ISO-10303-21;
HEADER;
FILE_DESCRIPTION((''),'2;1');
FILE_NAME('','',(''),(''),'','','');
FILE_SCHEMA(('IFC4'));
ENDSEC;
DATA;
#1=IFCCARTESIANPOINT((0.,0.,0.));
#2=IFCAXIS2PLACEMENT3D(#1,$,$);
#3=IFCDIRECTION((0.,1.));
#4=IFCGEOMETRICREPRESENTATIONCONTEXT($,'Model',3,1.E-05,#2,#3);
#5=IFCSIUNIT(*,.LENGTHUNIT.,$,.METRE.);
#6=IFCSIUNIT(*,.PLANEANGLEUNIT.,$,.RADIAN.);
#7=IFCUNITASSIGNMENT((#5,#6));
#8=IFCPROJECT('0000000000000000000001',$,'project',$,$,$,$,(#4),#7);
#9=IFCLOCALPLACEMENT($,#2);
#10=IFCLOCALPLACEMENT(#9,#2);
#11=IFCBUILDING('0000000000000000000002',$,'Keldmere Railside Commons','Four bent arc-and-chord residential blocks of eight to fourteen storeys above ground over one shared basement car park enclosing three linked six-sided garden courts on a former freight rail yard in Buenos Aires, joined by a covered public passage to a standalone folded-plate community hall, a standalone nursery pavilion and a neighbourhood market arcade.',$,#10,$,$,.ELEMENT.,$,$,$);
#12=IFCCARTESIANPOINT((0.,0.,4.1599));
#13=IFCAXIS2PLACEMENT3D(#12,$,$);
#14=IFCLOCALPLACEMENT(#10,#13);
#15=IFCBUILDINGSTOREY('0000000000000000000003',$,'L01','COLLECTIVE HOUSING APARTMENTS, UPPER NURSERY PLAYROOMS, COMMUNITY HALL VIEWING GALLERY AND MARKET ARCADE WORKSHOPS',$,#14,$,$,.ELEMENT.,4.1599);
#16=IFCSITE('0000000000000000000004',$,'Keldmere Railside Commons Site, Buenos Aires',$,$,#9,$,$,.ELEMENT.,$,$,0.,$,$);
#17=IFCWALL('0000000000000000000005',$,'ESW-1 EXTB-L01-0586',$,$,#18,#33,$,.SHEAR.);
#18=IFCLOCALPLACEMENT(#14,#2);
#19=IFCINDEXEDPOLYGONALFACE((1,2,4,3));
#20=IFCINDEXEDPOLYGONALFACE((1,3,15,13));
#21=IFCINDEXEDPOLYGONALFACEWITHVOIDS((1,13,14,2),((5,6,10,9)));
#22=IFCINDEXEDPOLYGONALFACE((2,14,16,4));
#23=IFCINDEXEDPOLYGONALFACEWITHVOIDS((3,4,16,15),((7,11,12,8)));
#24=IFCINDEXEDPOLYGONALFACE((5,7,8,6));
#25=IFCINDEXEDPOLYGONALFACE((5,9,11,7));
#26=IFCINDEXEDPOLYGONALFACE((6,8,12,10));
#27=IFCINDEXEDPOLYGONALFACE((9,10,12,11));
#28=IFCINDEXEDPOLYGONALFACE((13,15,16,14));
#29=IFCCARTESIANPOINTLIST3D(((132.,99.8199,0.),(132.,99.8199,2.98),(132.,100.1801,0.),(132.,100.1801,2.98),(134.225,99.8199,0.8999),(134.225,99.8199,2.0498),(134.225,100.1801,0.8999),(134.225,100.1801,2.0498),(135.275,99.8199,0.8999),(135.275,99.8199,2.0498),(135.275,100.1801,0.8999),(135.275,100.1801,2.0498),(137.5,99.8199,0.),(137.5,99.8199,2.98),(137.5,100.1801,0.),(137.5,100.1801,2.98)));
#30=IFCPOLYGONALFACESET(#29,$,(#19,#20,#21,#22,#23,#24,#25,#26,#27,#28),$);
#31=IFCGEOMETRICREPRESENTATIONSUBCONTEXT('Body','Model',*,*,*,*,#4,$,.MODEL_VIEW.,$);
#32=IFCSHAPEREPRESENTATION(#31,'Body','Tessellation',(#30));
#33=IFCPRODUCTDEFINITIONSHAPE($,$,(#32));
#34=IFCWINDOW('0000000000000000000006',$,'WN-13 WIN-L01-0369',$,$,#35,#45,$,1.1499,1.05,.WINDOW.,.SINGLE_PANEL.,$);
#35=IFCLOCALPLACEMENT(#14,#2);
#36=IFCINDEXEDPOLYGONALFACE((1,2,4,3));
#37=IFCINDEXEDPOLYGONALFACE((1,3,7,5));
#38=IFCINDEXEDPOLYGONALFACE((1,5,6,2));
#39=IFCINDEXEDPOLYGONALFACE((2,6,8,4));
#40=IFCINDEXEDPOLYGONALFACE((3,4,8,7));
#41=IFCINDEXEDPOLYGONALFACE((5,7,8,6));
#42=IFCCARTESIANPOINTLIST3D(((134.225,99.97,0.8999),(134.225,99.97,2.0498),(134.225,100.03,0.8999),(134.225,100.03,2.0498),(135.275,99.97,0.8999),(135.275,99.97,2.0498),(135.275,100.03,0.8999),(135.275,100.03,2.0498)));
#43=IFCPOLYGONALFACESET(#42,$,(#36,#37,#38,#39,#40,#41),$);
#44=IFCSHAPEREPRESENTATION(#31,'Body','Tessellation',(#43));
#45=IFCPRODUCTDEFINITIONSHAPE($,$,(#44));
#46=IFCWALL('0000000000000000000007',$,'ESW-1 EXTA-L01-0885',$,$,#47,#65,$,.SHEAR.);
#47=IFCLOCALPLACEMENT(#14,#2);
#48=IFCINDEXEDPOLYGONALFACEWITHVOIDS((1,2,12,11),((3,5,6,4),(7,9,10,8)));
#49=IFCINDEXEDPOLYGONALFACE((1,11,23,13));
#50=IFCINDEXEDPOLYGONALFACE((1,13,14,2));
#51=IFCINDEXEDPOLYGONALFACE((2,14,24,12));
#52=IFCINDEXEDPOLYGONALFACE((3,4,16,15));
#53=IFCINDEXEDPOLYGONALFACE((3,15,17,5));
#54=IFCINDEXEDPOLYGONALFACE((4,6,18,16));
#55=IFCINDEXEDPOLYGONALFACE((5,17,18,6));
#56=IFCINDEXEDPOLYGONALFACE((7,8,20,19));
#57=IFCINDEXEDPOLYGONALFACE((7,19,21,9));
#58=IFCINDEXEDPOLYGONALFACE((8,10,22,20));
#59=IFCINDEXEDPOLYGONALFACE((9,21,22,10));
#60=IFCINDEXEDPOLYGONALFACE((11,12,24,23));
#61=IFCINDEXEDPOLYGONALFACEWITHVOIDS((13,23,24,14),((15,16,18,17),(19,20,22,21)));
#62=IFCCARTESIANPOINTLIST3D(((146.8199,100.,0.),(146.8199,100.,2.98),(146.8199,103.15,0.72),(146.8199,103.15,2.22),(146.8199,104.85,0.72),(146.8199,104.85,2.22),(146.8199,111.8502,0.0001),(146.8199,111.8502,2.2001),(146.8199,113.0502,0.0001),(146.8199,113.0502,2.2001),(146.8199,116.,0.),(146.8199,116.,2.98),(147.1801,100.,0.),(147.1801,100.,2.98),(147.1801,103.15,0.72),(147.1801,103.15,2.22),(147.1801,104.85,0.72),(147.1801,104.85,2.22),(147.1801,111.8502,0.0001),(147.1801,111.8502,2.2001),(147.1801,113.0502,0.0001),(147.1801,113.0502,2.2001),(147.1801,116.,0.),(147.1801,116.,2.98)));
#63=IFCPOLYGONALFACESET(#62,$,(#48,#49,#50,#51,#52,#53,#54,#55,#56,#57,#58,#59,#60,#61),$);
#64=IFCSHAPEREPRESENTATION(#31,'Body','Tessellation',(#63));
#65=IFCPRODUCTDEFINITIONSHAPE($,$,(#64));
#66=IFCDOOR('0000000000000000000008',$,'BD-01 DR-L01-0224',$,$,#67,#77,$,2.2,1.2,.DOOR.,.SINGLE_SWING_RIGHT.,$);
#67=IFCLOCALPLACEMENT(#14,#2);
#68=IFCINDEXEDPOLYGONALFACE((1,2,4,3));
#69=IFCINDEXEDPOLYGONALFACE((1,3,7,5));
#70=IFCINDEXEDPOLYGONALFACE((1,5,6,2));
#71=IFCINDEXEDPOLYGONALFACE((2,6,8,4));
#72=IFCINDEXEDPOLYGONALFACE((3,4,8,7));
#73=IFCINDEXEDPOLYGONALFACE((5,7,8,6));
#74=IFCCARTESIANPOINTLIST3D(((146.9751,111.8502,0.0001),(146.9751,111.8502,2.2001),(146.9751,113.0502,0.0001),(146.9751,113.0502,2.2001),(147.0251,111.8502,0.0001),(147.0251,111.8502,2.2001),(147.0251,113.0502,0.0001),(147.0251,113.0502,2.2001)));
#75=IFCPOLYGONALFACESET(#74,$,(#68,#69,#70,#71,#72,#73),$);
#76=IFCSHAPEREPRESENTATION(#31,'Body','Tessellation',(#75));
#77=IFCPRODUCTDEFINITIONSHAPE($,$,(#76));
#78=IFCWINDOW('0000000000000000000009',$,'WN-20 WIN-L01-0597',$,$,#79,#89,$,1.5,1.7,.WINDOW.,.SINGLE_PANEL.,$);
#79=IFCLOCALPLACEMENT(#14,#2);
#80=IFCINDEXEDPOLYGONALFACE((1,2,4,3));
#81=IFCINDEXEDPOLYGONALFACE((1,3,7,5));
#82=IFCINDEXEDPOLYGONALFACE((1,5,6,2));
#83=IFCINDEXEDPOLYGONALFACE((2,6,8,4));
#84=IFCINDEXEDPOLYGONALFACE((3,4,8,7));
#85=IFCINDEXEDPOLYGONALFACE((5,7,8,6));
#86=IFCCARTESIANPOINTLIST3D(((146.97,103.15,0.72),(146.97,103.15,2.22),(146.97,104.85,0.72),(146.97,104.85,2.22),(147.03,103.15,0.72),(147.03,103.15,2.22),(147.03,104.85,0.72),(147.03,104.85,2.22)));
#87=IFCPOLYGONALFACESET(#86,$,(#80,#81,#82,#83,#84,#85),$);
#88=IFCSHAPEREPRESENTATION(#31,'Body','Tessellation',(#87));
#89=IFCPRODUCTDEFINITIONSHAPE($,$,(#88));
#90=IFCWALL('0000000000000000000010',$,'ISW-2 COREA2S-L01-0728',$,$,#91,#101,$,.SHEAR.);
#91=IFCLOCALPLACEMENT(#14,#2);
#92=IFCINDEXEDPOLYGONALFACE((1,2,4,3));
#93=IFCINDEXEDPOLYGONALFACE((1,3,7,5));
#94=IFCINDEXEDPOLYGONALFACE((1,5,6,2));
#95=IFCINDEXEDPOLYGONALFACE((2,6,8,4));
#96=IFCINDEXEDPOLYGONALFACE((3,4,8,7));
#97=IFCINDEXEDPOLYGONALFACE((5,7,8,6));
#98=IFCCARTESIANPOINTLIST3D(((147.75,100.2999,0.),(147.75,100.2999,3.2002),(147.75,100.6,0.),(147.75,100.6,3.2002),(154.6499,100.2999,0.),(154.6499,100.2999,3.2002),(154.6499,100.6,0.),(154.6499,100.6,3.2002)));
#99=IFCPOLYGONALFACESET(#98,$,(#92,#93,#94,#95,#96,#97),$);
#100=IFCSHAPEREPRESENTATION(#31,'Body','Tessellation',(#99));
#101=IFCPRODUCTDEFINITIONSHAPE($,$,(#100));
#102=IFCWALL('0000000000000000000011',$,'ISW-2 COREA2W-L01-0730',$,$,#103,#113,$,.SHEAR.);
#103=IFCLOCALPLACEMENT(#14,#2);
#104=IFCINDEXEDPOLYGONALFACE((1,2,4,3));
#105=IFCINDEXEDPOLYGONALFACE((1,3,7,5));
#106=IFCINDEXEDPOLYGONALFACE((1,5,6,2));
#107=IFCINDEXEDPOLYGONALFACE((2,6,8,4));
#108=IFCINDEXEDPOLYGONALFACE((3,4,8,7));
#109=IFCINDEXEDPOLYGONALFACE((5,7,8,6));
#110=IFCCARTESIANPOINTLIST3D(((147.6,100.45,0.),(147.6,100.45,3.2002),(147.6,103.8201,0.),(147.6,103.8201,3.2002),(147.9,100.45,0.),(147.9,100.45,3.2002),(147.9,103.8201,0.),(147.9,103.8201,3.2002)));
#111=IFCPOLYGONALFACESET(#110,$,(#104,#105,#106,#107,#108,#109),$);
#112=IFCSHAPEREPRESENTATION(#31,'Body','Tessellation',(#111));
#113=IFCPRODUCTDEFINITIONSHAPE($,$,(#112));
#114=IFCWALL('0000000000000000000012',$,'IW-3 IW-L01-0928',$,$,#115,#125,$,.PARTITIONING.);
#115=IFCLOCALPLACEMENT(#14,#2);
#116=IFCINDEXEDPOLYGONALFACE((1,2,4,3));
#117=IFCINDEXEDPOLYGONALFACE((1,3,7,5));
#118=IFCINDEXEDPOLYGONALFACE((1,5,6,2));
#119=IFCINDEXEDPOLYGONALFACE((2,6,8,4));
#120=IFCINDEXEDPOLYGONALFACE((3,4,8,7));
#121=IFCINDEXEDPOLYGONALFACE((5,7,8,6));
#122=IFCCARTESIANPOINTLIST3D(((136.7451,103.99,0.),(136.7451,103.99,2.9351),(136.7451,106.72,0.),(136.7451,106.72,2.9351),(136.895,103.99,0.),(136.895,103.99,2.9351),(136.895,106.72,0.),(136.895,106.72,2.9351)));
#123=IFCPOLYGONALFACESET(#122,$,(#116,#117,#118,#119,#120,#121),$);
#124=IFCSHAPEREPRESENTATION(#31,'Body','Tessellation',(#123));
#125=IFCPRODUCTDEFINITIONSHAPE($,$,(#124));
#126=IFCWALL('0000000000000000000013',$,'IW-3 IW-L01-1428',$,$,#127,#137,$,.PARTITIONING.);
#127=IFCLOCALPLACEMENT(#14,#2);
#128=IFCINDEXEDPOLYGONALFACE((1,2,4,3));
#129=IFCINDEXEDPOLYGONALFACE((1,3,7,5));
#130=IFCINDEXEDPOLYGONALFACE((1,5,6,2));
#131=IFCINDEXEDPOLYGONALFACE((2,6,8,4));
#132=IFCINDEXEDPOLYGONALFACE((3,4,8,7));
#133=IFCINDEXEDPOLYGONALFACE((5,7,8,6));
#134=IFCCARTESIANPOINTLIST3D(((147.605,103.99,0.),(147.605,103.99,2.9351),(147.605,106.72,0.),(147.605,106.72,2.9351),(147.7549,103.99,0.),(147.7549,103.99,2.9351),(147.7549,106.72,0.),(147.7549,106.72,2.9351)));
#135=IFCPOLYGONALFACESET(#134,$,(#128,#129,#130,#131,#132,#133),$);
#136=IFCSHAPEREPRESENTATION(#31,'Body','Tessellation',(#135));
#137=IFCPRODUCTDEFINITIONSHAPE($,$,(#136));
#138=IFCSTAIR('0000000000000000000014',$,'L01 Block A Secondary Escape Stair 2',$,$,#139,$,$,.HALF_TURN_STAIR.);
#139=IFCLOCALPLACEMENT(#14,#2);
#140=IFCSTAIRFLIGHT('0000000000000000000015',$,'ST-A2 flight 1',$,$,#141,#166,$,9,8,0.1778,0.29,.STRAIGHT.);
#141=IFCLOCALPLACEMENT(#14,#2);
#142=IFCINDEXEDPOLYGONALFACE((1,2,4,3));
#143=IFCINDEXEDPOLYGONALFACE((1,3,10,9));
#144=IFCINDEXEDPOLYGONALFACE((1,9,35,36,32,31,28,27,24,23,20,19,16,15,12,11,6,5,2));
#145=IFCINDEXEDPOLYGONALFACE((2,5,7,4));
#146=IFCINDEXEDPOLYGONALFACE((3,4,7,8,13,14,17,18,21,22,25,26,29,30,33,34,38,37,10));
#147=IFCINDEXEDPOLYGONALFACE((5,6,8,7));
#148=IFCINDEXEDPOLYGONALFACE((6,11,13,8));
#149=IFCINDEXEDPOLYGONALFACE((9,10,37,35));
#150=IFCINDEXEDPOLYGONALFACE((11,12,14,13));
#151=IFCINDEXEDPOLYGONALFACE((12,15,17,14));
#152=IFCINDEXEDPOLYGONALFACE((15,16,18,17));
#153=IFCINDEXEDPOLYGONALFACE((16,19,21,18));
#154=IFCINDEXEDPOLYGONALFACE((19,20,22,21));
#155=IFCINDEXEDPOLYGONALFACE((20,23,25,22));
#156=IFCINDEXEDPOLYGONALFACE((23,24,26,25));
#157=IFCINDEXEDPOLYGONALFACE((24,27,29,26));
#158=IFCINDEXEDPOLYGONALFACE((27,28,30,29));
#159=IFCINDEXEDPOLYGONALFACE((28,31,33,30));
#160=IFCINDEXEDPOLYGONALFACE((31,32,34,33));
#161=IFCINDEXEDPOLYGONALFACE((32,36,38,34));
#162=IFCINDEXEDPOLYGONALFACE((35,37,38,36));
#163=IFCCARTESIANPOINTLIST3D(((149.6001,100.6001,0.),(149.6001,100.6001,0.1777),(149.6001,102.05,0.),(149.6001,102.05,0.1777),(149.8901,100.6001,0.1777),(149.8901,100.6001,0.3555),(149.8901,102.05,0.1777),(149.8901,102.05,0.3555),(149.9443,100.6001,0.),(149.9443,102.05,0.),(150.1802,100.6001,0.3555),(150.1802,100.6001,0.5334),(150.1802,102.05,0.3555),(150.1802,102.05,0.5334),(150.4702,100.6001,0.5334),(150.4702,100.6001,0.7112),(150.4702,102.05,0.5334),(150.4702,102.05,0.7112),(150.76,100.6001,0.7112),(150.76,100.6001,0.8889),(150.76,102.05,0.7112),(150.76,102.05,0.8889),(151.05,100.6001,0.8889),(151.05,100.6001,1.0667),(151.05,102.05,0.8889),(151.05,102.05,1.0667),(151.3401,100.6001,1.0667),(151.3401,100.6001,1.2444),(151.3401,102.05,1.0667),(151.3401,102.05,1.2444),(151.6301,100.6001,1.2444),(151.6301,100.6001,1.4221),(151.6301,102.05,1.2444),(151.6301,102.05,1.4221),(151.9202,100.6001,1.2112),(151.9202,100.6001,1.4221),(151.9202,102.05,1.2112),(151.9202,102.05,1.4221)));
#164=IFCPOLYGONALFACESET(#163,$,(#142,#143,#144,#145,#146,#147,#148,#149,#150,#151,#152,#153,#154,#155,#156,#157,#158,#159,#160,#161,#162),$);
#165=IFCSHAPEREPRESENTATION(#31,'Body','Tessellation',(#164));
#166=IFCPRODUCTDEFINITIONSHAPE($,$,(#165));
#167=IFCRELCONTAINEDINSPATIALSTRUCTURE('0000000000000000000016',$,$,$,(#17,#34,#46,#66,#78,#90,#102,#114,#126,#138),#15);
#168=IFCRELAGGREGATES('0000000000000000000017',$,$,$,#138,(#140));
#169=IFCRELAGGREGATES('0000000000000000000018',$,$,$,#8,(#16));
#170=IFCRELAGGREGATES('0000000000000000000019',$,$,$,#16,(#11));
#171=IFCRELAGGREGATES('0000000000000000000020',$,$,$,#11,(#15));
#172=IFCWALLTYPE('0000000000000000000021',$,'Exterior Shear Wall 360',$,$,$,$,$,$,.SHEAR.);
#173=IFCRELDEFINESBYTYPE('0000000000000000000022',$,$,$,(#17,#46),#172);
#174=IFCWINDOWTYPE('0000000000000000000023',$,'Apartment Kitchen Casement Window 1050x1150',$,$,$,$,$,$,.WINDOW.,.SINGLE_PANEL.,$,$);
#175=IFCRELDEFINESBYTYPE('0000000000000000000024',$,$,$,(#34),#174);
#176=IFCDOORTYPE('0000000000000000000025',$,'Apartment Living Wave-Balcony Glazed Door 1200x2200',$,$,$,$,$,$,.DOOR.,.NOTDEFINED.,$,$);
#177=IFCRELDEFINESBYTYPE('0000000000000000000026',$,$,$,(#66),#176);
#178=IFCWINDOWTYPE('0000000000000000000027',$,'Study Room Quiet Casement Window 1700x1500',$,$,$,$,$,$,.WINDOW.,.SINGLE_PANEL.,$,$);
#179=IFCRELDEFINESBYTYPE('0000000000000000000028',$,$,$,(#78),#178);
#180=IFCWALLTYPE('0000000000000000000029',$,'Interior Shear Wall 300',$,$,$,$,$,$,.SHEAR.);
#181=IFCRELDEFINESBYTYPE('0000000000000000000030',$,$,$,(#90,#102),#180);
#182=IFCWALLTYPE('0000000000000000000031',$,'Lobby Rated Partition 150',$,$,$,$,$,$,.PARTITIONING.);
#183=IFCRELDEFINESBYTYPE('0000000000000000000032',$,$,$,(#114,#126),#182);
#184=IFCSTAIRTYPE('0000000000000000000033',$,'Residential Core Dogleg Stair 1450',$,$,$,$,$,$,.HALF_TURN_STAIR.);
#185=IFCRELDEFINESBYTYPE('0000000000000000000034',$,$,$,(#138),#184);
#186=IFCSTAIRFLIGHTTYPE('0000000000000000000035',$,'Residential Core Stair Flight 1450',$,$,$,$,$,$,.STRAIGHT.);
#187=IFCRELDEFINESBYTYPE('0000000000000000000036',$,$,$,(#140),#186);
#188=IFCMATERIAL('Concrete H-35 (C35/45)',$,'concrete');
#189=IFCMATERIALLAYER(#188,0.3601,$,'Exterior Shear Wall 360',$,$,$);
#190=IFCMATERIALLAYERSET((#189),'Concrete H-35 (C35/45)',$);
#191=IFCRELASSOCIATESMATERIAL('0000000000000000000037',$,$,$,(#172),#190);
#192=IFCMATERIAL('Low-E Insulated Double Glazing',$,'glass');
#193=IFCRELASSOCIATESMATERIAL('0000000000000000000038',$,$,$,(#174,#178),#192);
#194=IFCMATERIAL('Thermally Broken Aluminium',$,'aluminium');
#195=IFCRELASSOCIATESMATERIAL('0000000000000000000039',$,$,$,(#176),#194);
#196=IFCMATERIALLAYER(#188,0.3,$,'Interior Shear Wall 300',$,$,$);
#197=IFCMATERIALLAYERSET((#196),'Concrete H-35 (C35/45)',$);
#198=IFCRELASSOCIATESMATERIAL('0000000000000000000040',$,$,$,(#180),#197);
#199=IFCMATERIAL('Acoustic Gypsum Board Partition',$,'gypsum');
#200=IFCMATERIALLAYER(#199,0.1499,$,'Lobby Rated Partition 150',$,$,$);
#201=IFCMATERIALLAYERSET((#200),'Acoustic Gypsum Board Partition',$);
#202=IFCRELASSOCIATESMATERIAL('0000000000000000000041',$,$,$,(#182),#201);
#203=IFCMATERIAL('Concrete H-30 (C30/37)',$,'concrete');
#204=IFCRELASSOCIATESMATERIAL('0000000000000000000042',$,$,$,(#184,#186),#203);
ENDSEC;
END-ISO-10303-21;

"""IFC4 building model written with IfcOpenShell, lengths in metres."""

from ifc_helpers import new_model, si_unit, direction, frame, frame_2d, origin, place, context, subcontext, project, spatial, polyline, rectangle, outline, extrude, material, layer, layer_set, type_object, element, fill, aggregate, save


model = new_model("IFC4")

# Units and contexts
model_context = context("Model", 3, precision=1e-05, world=origin(), true_north=direction((0.0, 1.0)))
body_context = subcontext(model_context, "Body", "Model", "MODEL_VIEW")
ifc_project = project(units=[si_unit("LENGTHUNIT", "METRE"), si_unit("PLANEANGLEUNIT", "RADIAN")], contexts=[model_context])

# Site, building, storey
site_placement = place(None, origin())
site = spatial("IfcSite", under=ifc_project, at=site_placement, Name="Keldmere Railside Commons Site, Buenos Aires", CompositionType="ELEMENT", RefElevation=0.0)
building_placement = place(site_placement, origin())
building = spatial("IfcBuilding", under=site, at=building_placement, Name="Keldmere Railside Commons", Description="Four bent arc-and-chord residential blocks of eight to fourteen storeys above ground over one shared basement car park enclosing three linked six-sided garden courts on a former freight rail yard in Buenos Aires, joined by a covered public passage to a standalone folded-plate community hall, a standalone nursery pavilion and a neighbourhood market arcade.", CompositionType="ELEMENT")
storey_placement = place(building_placement, frame((0.0, 0.0, 4.1599)))
storey = spatial("IfcBuildingStorey", under=building, at=storey_placement, Name="L01", Description="COLLECTIVE HOUSING APARTMENTS, UPPER NURSERY PLAYROOMS, COMMUNITY HALL VIEWING GALLERY AND MARKET ARCADE WORKSHOPS", CompositionType="ELEMENT", Elevation=4.1599)

# Wall, opening, window
ifc_material_1 = material(Name="Concrete H-35 (C35/45)", Category="concrete")
ifc_layer_1 = layer(ifc_material_1, 0.3601, Name="Exterior Shear Wall 360")
ifc_layer_set_1 = layer_set([ifc_layer_1], Name="Concrete H-35 (C35/45)")
wall_type_1 = type_object("IfcWallType", Name="Exterior Shear Wall 360", PredefinedType="SHEAR", material=ifc_layer_set_1)
wall_1_placement = place(storey_placement, frame((137.5, 100.0, 0.0), z_axis=(0.0, 0.0, 1.0), x_axis=(-1.0, 0.0, 0.0)))
wall_1 = element("IfcWall", 1, at=wall_1_placement, inside=storey, type_object=wall_type_1, Name="ESW-1 EXTB-L01-0586", PredefinedType="SHEAR", context=body_context, shape_type="SweptSolid", body=[
    extrude(rectangle(XDim=5.5, YDim=0.3601, at=frame_2d((2.75, 0.0))), origin(), (0.0, 0.0, 1.0), 2.98),
])
opening_1_placement = place(wall_1_placement, frame((2.2251, 0.0, 0.8999)))
opening_1 = element("IfcOpeningElement", 2, at=opening_1_placement, cuts=wall_1, PredefinedType="OPENING", context=body_context, shape_type="SweptSolid", body=[
    extrude(rectangle(XDim=1.05, YDim=1.1499, at=frame_2d((0.5249, 0.575))), frame((0.0, 0.1899, 0.0), z_axis=(0.0, -1.0, 0.0), x_axis=(1.0, 0.0, 0.0)), (0.0, 0.0, 1.0), 0.3801),
])
ifc_material_2 = material(Name="Low-E Insulated Double Glazing", Category="glass")
window_type_1 = type_object("IfcWindowType", Name="Apartment Kitchen Casement Window 1050x1150", PartitioningType="SINGLE_PANEL", PredefinedType="WINDOW", material=ifc_material_2)
window_1_placement = place(opening_1_placement, origin())
window_1 = element("IfcWindow", 3, at=window_1_placement, inside=storey, type_object=window_type_1, Name="WN-13 WIN-L01-0369", OverallHeight=1.1499, OverallWidth=1.05, PartitioningType="SINGLE_PANEL", PredefinedType="WINDOW", context=body_context, shape_type="SweptSolid", body=[
    extrude(rectangle(XDim=1.05, YDim=1.1499, at=frame_2d((0.5249, 0.575))), frame((0.0, 0.03, 0.0), z_axis=(0.0, -1.0, 0.0), x_axis=(1.0, 0.0, 0.0)), (0.0, 0.0, 1.0), 0.0601),
])
fill(opening_1, window_1)

# Wall, openings, door, window
wall_2_placement = place(storey_placement, frame((147.0, 100.0, 0.0), z_axis=(0.0, 0.0, 1.0), x_axis=(0.0, 1.0, 0.0)))
wall_2 = element("IfcWall", 4, at=wall_2_placement, inside=storey, type_object=wall_type_1, Name="ESW-1 EXTA-L01-0885", PredefinedType="SHEAR", context=body_context, shape_type="SweptSolid", body=[
    extrude(rectangle(XDim=16.0, YDim=0.3601, at=frame_2d((8.0, 0.0))), origin(), (0.0, 0.0, 1.0), 2.98),
])
opening_2_placement = place(wall_2_placement, frame((3.1499, 0.0, 0.72)))
opening_2 = element("IfcOpeningElement", 5, at=opening_2_placement, cuts=wall_2, PredefinedType="OPENING", context=body_context, shape_type="SweptSolid", body=[
    extrude(rectangle(XDim=1.7, YDim=1.5, at=frame_2d((0.8501, 0.75))), frame((0.0, 0.1899, 0.0), z_axis=(0.0, -1.0, 0.0), x_axis=(1.0, 0.0, 0.0)), (0.0, 0.0, 1.0), 0.3801),
])
opening_3_placement = place(wall_2_placement, frame((11.8501, 0.0, 0.0)))
opening_3 = element("IfcOpeningElement", 6, at=opening_3_placement, cuts=wall_2, PredefinedType="OPENING", context=body_context, shape_type="SweptSolid", body=[
    extrude(rectangle(XDim=1.2, YDim=2.2, at=frame_2d((0.6001, 1.1001))), frame((0.0, 0.1899, 0.0), z_axis=(0.0, -1.0, 0.0), x_axis=(1.0, 0.0, 0.0)), (0.0, 0.0, 1.0), 0.3801),
])
ifc_material_3 = material(Name="Thermally Broken Aluminium", Category="aluminium")
door_type = type_object("IfcDoorType", Name="Apartment Living Wave-Balcony Glazed Door 1200x2200", OperationType="NOTDEFINED", PredefinedType="DOOR", material=ifc_material_3)
door_placement = place(opening_3_placement, origin())
door = element("IfcDoor", 7, at=door_placement, inside=storey, type_object=door_type, Name="BD-01 DR-L01-0224", OperationType="SINGLE_SWING_RIGHT", OverallHeight=2.2, OverallWidth=1.2, PredefinedType="DOOR", context=body_context, shape_type="SweptSolid", body=[
    extrude(rectangle(XDim=1.2, YDim=2.2, at=frame_2d((0.6001, 1.1001))), frame((0.0, 0.0249, 0.0), z_axis=(0.0, -1.0, 0.0), x_axis=(1.0, 0.0, 0.0)), (0.0, 0.0, 1.0), 0.05),
])
fill(opening_3, door)
window_type_2 = type_object("IfcWindowType", Name="Study Room Quiet Casement Window 1700x1500", PartitioningType="SINGLE_PANEL", PredefinedType="WINDOW", material=ifc_material_2)
window_2_placement = place(opening_2_placement, origin())
window_2 = element("IfcWindow", 8, at=window_2_placement, inside=storey, type_object=window_type_2, Name="WN-20 WIN-L01-0597", OverallHeight=1.5, OverallWidth=1.7, PartitioningType="SINGLE_PANEL", PredefinedType="WINDOW", context=body_context, shape_type="SweptSolid", body=[
    extrude(rectangle(XDim=1.7, YDim=1.5, at=frame_2d((0.8501, 0.75))), frame((0.0, 0.03, 0.0), z_axis=(0.0, -1.0, 0.0), x_axis=(1.0, 0.0, 0.0)), (0.0, 0.0, 1.0), 0.0601),
])
fill(opening_2, window_2)

# Walls
ifc_layer_2 = layer(ifc_material_1, 0.3, Name="Interior Shear Wall 300")
ifc_layer_set_2 = layer_set([ifc_layer_2], Name="Concrete H-35 (C35/45)")
wall_type_2 = type_object("IfcWallType", Name="Interior Shear Wall 300", PredefinedType="SHEAR", material=ifc_layer_set_2)
wall_3_placement = place(storey_placement, frame((147.75, 100.45, 0.0), z_axis=(0.0, 0.0, 1.0), x_axis=(1.0, 0.0, 0.0)))
element("IfcWall", 9, at=wall_3_placement, inside=storey, type_object=wall_type_2, Name="ISW-2 COREA2S-L01-0728", PredefinedType="SHEAR", context=body_context, shape_type="SweptSolid", body=[
    extrude(rectangle(XDim=6.8999, YDim=0.3, at=frame_2d((3.45, 0.0))), origin(), (0.0, 0.0, 1.0), 3.2002),
])
wall_4_placement = place(storey_placement, frame((147.75, 103.8201, 0.0), z_axis=(0.0, 0.0, 1.0), x_axis=(0.0, -1.0, 0.0)))
element("IfcWall", 10, at=wall_4_placement, inside=storey, type_object=wall_type_2, Name="ISW-2 COREA2W-L01-0730", PredefinedType="SHEAR", context=body_context, shape_type="SweptSolid", body=[
    extrude(rectangle(XDim=3.3701, YDim=0.3, at=frame_2d((1.6851, 0.0))), origin(), (0.0, 0.0, 1.0), 3.2002),
])
ifc_material_4 = material(Name="Acoustic Gypsum Board Partition", Category="gypsum")
ifc_layer_3 = layer(ifc_material_4, 0.1499, Name="Lobby Rated Partition 150")
ifc_layer_set_3 = layer_set([ifc_layer_3], Name="Acoustic Gypsum Board Partition")
wall_type_3 = type_object("IfcWallType", Name="Lobby Rated Partition 150", PredefinedType="PARTITIONING", material=ifc_layer_set_3)
for number, where, z_axis, x_axis, name in (
    (11, (136.8201, 103.99, 0.0), (0.0, 0.0, 1.0), (0.0, 1.0, 0.0), "IW-3 IW-L01-0928"),
    (12, (147.6799, 103.99, 0.0), (0.0, 0.0, 1.0), (0.0, 1.0, 0.0), "IW-3 IW-L01-1428"),
):
    element("IfcWall", number, at=place(storey_placement, frame(where, z_axis=z_axis, x_axis=x_axis)), inside=storey, type_object=wall_type_3, Name=name, PredefinedType="PARTITIONING", context=body_context, shape_type="SweptSolid", body=[
        extrude(rectangle(XDim=2.73, YDim=0.1499, at=frame_2d((1.365, 0.0))), origin(), (0.0, 0.0, 1.0), 2.9351),
    ])

# Stair, stair flight
ifc_material_5 = material(Name="Concrete H-30 (C30/37)", Category="concrete")
stair_type = type_object("IfcStairType", Name="Residential Core Dogleg Stair 1450", PredefinedType="HALF_TURN_STAIR", material=ifc_material_5)
stair_placement = place(storey_placement, origin())
stair = element("IfcStair", 13, at=stair_placement, inside=storey, type_object=stair_type, Name="L01 Block A Secondary Escape Stair 2", PredefinedType="HALF_TURN_STAIR")
stair_flight_type = type_object("IfcStairFlightType", Name="Residential Core Stair Flight 1450", PredefinedType="STRAIGHT", material=ifc_material_5)
stair_flight_placement = place(storey_placement, frame((149.6001, 101.325, 0.0), z_axis=(0.0, 0.0, 1.0), x_axis=(1.0, 0.0, 0.0)))
stair_flight = element("IfcStairFlight", 14, at=stair_flight_placement, type_object=stair_flight_type, Name="ST-A2 flight 1", NumberOfRisers=9, NumberOfTreads=8, PredefinedType="STRAIGHT", RiserHeight=0.1778, TreadLength=0.29, context=body_context, shape_type="SweptSolid", body=[
    extrude(outline(polyline([(0.0, 0.0), (0.0, 0.1777), (0.29, 0.1777), (0.29, 0.3555), (0.5801, 0.3555), (0.5801, 0.5334), (0.8701, 0.5334), (0.8701, 0.7112), (1.1599, 0.7112), (1.1599, 0.8889), (1.45, 0.8889), (1.45, 1.0667), (1.74, 1.0667), (1.74, 1.2444), (2.03, 1.2444), (2.03, 1.4221), (2.3201, 1.4221), (2.3201, 1.6001), (2.3201, 1.2112), (0.3442, 0.0), (0.0, 0.0)])), frame((0.0, 0.7251, 0.0), z_axis=(0.0, -1.0, 0.0), x_axis=(1.0, 0.0, 0.0)), (0.0, 0.0, 1.0), 1.45),
])
aggregate(stair, [stair_flight])

save(model, "model.ifc")
